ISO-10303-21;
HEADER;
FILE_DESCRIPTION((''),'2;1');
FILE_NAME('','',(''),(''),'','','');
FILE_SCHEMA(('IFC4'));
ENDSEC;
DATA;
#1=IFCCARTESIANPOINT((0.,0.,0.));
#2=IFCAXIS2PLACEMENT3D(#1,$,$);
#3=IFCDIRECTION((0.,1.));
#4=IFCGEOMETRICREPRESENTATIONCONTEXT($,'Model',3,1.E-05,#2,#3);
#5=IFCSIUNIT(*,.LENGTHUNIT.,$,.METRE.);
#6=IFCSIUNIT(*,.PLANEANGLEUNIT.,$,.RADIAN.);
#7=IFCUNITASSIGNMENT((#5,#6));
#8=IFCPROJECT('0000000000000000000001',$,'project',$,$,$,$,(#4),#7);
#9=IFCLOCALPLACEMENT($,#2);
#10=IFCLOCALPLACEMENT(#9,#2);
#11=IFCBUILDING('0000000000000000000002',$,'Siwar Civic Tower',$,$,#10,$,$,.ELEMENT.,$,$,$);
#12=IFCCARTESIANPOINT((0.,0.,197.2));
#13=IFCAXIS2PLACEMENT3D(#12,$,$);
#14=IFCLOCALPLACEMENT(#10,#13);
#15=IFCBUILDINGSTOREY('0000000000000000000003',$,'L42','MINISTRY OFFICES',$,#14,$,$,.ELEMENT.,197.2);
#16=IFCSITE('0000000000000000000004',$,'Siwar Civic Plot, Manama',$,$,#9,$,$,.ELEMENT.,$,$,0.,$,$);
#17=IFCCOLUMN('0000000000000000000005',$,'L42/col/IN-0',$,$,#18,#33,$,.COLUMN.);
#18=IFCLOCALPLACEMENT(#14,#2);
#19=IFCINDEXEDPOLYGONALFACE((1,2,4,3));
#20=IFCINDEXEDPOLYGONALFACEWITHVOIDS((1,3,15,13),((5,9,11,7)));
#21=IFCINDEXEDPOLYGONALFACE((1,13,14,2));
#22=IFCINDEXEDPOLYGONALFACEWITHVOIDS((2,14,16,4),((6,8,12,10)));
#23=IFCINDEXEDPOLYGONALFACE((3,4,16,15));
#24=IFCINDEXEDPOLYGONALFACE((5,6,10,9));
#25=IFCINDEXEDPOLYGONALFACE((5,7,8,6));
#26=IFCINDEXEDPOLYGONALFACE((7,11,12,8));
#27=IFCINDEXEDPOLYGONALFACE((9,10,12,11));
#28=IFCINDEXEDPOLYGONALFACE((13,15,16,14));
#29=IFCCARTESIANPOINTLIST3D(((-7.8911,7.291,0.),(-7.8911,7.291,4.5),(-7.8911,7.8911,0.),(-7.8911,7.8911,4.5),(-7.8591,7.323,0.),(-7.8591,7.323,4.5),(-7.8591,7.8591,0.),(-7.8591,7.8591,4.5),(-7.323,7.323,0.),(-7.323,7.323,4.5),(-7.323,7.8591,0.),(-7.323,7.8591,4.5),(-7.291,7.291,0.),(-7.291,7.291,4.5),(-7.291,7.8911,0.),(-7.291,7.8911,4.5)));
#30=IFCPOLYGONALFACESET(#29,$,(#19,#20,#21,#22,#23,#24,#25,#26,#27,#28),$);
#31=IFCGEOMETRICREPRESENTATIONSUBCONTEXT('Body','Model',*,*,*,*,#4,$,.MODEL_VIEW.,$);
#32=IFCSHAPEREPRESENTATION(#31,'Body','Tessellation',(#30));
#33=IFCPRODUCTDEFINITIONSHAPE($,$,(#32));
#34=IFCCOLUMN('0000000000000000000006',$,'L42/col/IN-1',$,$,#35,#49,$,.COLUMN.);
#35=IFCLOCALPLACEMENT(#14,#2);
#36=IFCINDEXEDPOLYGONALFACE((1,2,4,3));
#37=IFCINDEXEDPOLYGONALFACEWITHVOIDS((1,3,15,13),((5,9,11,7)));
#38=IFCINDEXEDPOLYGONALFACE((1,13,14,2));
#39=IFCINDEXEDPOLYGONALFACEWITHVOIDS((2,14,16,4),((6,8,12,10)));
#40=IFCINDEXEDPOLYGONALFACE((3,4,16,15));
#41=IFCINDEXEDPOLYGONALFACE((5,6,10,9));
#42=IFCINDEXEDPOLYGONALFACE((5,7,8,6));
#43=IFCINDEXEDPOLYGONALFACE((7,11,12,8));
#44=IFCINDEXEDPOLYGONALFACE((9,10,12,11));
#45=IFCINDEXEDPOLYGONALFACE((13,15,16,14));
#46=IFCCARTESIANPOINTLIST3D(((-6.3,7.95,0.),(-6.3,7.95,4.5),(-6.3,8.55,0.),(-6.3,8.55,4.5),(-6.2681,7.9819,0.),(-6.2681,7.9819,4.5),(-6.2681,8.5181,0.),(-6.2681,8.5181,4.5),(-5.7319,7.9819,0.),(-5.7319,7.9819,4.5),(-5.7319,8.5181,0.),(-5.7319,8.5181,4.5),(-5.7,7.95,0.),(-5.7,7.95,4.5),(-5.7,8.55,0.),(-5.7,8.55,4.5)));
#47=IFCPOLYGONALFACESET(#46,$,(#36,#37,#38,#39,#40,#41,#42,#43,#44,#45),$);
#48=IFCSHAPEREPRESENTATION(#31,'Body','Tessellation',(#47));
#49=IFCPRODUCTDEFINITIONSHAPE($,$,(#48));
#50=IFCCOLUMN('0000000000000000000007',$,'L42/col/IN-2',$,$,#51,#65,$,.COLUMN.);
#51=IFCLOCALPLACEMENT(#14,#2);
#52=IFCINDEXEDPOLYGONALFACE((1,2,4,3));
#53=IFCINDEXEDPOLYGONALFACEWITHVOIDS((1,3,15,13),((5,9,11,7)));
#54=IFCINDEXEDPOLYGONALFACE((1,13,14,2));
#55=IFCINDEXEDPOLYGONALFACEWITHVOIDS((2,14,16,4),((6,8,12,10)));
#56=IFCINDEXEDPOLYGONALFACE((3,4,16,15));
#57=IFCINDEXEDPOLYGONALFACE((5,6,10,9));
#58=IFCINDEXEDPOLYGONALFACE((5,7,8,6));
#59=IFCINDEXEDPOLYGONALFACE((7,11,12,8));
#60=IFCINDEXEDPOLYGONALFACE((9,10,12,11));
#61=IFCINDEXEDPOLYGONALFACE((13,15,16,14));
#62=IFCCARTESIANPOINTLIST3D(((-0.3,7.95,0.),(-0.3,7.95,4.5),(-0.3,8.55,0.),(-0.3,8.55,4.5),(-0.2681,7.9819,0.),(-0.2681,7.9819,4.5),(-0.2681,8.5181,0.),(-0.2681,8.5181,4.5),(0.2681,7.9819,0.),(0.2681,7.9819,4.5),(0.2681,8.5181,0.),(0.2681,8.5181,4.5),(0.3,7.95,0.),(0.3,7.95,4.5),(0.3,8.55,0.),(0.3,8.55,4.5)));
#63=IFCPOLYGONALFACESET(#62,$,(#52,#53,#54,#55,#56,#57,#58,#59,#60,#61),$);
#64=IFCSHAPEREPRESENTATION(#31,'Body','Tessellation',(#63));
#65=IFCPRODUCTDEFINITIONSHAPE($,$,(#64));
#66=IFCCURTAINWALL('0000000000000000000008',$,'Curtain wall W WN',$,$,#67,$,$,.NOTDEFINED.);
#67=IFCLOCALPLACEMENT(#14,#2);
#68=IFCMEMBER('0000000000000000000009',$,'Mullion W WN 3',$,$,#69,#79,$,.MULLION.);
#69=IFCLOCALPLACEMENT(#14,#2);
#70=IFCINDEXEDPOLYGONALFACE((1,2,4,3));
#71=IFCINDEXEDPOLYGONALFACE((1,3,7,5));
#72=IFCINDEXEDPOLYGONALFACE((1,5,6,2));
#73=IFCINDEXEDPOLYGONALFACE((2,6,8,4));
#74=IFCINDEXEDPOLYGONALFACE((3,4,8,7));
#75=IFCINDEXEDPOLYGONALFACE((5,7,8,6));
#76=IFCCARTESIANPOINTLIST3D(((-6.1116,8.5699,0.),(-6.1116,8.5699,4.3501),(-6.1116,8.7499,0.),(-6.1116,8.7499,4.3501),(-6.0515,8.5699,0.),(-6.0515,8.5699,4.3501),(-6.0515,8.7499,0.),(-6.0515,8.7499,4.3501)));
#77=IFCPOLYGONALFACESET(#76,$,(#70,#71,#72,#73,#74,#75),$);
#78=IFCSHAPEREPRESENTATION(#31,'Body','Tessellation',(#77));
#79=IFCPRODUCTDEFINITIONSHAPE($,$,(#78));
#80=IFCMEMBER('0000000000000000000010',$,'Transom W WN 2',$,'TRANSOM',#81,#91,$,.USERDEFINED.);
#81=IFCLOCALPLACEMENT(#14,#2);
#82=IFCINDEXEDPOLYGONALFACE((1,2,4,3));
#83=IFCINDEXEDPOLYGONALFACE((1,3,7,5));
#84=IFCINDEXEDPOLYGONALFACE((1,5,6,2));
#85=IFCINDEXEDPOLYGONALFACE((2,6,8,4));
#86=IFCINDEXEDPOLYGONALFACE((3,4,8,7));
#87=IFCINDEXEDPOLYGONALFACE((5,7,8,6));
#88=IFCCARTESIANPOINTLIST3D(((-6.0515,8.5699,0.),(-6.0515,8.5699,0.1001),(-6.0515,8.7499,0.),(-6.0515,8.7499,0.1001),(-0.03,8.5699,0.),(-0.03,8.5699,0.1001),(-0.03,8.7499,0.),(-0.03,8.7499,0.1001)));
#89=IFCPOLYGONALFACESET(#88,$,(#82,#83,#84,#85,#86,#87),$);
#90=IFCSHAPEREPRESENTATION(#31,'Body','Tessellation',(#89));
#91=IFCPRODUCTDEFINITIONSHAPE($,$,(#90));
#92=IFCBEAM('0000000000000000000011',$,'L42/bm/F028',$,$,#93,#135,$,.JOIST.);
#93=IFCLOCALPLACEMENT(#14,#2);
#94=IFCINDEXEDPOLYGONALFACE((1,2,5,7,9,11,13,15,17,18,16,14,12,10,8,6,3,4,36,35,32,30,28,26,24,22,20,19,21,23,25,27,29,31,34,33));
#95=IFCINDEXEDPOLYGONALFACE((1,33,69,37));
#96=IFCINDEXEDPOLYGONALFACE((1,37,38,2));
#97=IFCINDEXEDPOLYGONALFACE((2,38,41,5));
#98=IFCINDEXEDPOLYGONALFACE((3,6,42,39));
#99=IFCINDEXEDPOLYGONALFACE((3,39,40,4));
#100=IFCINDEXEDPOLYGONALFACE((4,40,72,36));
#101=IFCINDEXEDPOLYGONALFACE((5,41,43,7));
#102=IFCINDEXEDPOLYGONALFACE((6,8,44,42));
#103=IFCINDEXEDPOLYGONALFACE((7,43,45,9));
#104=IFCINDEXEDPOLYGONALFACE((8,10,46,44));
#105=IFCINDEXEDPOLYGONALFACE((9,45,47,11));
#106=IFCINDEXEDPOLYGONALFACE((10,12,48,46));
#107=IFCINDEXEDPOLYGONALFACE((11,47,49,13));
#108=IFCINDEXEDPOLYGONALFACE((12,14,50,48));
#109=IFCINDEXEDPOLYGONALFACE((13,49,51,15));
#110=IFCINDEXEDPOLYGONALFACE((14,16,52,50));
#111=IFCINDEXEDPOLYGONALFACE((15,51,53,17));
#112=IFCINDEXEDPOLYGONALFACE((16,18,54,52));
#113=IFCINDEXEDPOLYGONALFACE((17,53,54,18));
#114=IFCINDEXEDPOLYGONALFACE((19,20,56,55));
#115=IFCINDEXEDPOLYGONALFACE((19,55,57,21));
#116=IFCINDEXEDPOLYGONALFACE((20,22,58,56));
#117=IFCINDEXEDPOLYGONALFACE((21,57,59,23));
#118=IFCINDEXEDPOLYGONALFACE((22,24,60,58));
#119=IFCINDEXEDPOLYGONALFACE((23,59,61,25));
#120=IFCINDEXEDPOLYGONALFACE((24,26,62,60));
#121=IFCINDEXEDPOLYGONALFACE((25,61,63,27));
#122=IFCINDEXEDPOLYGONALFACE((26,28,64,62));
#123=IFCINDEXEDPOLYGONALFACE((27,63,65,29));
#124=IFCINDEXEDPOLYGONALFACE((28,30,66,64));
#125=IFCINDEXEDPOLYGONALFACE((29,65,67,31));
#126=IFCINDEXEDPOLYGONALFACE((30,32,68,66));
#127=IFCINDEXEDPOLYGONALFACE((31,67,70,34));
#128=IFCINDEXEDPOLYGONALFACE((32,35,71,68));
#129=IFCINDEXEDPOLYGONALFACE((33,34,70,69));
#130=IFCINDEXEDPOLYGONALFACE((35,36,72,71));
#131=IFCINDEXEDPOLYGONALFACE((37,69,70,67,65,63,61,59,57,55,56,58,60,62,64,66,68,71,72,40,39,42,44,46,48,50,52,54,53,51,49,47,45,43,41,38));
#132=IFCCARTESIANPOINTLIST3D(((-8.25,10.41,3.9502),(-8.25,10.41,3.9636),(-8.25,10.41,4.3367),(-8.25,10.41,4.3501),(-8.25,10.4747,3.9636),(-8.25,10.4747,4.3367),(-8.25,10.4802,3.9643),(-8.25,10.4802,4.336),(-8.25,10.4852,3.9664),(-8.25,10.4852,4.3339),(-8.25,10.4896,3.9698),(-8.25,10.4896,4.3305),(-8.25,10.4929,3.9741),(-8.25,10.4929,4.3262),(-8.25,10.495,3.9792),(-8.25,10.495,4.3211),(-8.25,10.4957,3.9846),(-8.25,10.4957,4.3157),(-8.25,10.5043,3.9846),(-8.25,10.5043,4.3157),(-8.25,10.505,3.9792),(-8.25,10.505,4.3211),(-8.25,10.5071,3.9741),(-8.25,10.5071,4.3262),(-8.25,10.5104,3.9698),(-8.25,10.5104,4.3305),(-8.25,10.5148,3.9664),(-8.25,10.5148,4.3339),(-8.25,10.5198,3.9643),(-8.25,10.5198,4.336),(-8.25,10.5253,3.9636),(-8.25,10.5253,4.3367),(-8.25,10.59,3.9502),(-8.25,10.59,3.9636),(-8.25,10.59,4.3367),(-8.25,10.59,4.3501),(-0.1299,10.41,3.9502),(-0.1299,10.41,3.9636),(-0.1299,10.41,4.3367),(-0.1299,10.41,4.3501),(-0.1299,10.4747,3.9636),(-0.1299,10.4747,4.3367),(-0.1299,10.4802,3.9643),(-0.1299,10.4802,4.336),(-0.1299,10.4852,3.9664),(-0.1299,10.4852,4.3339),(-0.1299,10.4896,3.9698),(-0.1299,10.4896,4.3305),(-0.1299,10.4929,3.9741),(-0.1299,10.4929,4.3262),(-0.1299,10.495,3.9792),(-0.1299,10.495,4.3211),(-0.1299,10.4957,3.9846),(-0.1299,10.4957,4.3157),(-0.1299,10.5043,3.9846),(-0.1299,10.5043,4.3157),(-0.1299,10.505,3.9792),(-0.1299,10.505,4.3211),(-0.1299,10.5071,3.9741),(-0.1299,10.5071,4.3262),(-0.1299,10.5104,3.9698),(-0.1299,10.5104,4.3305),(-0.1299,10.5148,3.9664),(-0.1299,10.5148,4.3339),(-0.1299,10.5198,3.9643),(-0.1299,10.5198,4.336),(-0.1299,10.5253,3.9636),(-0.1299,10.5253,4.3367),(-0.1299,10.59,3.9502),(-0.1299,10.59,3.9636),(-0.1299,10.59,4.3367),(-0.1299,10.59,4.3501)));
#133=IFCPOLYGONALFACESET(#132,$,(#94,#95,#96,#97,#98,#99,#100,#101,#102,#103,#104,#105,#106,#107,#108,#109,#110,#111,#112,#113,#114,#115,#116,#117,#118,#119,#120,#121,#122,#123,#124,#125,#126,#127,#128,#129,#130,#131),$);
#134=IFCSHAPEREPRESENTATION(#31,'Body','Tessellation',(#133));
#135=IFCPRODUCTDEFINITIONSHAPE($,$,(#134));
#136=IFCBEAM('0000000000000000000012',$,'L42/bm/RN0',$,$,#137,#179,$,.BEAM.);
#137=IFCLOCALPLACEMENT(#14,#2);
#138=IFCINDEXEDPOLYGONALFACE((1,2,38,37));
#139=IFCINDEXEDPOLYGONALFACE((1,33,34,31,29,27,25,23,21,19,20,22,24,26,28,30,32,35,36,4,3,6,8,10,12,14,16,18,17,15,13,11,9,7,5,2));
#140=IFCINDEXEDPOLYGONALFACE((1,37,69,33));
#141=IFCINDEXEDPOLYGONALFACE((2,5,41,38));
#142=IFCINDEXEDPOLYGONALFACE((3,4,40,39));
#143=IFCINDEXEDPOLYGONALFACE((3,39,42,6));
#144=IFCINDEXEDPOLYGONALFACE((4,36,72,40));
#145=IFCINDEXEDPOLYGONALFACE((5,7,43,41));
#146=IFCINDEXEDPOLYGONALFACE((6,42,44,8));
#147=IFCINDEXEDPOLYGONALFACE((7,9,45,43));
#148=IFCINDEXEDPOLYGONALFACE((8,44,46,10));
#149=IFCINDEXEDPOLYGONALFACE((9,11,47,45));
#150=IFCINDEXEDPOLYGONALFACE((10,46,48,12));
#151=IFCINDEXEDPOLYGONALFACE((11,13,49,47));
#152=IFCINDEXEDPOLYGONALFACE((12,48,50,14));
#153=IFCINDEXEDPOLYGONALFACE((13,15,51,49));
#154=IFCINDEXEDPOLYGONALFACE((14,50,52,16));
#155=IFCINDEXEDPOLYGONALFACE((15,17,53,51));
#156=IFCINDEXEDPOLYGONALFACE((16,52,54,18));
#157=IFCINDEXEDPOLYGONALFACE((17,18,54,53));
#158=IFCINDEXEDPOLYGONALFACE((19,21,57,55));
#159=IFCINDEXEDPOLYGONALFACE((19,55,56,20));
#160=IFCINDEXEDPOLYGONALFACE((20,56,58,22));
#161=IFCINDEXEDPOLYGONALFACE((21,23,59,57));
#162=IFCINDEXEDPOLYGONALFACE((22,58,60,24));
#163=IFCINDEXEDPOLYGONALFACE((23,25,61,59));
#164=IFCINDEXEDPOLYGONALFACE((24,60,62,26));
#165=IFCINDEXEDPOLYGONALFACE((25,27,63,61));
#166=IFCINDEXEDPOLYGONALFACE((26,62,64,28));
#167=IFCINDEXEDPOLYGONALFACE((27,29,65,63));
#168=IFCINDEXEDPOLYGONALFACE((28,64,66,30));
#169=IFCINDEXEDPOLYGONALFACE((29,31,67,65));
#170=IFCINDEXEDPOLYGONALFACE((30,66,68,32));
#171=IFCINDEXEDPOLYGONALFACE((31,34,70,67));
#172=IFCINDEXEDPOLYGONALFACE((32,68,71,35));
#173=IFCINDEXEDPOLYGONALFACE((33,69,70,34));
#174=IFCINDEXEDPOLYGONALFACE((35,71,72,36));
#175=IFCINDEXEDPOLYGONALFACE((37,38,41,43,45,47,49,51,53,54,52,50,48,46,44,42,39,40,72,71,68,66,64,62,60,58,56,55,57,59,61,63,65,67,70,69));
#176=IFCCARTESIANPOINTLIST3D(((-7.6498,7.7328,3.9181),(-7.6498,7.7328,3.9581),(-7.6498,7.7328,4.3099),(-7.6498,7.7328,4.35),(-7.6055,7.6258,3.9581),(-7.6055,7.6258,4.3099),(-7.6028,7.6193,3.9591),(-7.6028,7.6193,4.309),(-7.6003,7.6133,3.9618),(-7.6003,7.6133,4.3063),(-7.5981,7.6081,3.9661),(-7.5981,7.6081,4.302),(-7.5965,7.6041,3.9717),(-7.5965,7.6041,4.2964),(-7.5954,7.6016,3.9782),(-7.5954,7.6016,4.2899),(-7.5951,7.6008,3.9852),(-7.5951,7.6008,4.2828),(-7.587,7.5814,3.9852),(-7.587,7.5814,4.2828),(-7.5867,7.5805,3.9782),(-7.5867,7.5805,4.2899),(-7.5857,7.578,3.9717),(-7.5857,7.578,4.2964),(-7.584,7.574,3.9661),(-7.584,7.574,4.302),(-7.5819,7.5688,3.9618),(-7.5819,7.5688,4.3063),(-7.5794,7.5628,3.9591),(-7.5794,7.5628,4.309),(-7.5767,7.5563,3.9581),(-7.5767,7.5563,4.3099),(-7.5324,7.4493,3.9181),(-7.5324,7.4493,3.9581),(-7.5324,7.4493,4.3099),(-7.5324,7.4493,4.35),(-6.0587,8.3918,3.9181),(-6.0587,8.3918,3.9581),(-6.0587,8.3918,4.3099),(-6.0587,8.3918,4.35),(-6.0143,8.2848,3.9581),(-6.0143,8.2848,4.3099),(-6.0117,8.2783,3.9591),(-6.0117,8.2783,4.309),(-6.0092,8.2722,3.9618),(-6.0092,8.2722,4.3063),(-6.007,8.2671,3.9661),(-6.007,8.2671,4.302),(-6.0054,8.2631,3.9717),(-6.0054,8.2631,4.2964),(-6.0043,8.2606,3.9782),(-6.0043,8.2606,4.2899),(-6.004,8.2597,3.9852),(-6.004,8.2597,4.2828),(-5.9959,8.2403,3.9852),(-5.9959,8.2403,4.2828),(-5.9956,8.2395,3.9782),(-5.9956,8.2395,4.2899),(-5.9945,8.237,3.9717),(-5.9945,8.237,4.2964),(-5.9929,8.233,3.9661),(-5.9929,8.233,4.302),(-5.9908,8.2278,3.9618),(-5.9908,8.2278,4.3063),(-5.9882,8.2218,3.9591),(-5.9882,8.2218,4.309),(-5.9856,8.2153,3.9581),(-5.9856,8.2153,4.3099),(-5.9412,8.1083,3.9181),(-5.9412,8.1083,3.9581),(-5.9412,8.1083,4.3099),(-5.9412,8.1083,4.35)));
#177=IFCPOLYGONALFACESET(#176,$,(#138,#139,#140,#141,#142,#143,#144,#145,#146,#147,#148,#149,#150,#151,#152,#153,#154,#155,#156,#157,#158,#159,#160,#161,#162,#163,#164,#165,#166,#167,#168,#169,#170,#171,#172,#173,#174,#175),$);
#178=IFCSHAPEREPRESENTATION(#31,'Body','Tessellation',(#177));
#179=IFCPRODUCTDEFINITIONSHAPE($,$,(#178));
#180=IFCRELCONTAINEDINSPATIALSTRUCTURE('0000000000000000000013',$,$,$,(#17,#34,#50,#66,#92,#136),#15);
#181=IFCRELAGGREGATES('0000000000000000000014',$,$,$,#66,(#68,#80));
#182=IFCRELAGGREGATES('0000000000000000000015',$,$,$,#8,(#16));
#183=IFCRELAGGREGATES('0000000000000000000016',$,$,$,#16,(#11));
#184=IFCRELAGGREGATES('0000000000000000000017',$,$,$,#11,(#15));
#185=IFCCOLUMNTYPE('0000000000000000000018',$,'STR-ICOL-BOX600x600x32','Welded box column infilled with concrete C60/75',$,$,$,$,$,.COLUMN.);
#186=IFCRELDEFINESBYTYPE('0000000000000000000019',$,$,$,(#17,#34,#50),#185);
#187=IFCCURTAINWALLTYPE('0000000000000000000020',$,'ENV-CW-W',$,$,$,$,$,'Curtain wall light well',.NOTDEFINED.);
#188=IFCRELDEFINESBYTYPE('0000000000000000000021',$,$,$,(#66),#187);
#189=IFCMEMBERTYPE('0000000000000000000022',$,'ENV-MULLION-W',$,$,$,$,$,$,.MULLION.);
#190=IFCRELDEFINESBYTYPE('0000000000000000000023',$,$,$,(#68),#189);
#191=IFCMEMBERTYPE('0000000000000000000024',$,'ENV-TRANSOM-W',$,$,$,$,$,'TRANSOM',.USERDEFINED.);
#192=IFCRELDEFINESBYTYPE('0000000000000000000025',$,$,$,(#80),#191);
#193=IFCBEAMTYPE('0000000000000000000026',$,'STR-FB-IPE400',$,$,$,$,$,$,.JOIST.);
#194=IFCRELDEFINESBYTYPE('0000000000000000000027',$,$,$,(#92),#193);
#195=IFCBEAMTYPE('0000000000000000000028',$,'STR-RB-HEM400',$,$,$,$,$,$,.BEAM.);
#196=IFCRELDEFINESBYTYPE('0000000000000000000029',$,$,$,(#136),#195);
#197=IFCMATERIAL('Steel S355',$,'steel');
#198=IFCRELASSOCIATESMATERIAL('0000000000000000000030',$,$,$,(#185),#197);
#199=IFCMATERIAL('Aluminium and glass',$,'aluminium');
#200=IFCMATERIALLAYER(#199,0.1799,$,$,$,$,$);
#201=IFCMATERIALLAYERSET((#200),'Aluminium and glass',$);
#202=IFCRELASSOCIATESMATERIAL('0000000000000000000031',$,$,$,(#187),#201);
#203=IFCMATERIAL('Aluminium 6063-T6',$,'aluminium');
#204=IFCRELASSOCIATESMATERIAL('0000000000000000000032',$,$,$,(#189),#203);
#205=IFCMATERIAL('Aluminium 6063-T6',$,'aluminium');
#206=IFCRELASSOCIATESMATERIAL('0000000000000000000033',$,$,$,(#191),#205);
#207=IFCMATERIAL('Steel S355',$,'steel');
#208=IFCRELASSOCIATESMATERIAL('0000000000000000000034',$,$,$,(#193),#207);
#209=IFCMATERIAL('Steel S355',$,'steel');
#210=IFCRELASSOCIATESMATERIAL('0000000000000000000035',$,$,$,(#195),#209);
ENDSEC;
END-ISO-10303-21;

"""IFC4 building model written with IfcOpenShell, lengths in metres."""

from ifc_helpers import new_model, si_unit, direction, frame, origin, origin_2d, place, context, subcontext, project, spatial, rectangle, hollow_rectangle, i_section, extrude, material, layer, layer_set, material_profile, profile_set, type_object, element, aggregate, save


model = new_model("IFC4")

# Units and contexts
model_context = context("Model", 3, precision=1e-05, world=origin(), true_north=direction((0.0, 1.0)))
body_context = subcontext(model_context, "Body", "Model", "MODEL_VIEW")
ifc_project = project(units=[si_unit("LENGTHUNIT", "METRE"), si_unit("PLANEANGLEUNIT", "RADIAN")], contexts=[model_context])

# Site, building, storey
site_placement = place(None, origin())
site = spatial("IfcSite", under=ifc_project, at=site_placement, Name="Siwar Civic Plot, Manama", CompositionType="ELEMENT", RefElevation=0.0)
building_placement = place(site_placement, origin())
building = spatial("IfcBuilding", under=site, at=building_placement, Name="Siwar Civic Tower", CompositionType="ELEMENT")
storey_placement = place(building_placement, frame((0.0, 0.0, 197.2)))
storey = spatial("IfcBuildingStorey", under=building, at=storey_placement, Name="L42", Description="MINISTRY OFFICES", CompositionType="ELEMENT", Elevation=197.2)

# Columns
ifc_material_1 = material(Name="Steel S355", Category="steel")
ifc_material_profile_1 = material_profile(ifc_material_1, hollow_rectangle(XDim=0.6001, YDim=0.6001, WallThickness=0.032, at=origin_2d()), Name="BOX600x600x32")
ifc_profile_set_1 = profile_set([ifc_material_profile_1], Name="Steel S355")
column_type = type_object("IfcColumnType", Name="STR-ICOL-BOX600x600x32", Description="Welded box column infilled with concrete C60/75", PredefinedType="COLUMN", material=ifc_profile_set_1)
for number, where, z_axis, x_axis, name in (
    (1, (-7.5911, 7.5911, 0.0), (0.0, 0.0, 1.0), (1.0, 0.0, 0.0), "L42/col/IN-0"),
    (2, (-6.0, 8.25, 0.0), (0.0, 0.0, 1.0), (1.0, 0.0, 0.0), "L42/col/IN-1"),
    (3, (0.0, 8.25, 0.0), (0.0, 0.0, 1.0), (1.0, 0.0, 0.0), "L42/col/IN-2"),
):
    element("IfcColumn", number, at=place(storey_placement, frame(where, z_axis=z_axis, x_axis=x_axis)), inside=storey, type_object=column_type, Name=name, PredefinedType="COLUMN", context=body_context, shape_type="SweptSolid", body=[
        extrude(hollow_rectangle(XDim=0.6001, YDim=0.6001, WallThickness=0.032, at=origin_2d()), origin(), (0.0, 0.0, 1.0), 4.5),
    ])

# Curtain wall, members
ifc_material_2 = material(Name="Aluminium and glass", Category="aluminium")
ifc_layer_1 = layer(ifc_material_2, 0.1799)
ifc_layer_set_1 = layer_set([ifc_layer_1], Name="Aluminium and glass")
curtain_wall_type = type_object("IfcCurtainWallType", Name="ENV-CW-W", ElementType="Curtain wall light well", PredefinedType="NOTDEFINED", material=ifc_layer_set_1)
curtain_wall_placement = place(storey_placement, origin())
curtain_wall = element("IfcCurtainWall", 4, at=curtain_wall_placement, inside=storey, type_object=curtain_wall_type, Name="Curtain wall W WN", PredefinedType="NOTDEFINED")
ifc_material_3 = material(Name="Aluminium 6063-T6", Category="aluminium")
ifc_material_profile_2 = material_profile(ifc_material_3, rectangle(XDim=0.1799, YDim=0.0601, at=origin_2d()), Name="AL 180x60")
ifc_profile_set_2 = profile_set([ifc_material_profile_2], Name="Aluminium 6063-T6")
member_type_1 = type_object("IfcMemberType", Name="ENV-MULLION-W", PredefinedType="MULLION", material=ifc_profile_set_2)
member_1_placement = place(storey_placement, frame((-6.0815, 8.6599, 0.0), z_axis=(0.0, 0.0, 1.0), x_axis=(0.0, -1.0, 0.0)))
member_1 = element("IfcMember", 5, at=member_1_placement, type_object=member_type_1, Name="Mullion W WN 3", PredefinedType="MULLION", context=body_context, shape_type="SweptSolid", body=[
    extrude(rectangle(XDim=0.1799, YDim=0.0601, at=origin_2d()), origin(), (0.0, 0.0, 1.0), 4.3501),
])
ifc_material_4 = material(Name="Aluminium 6063-T6", Category="aluminium")
ifc_material_profile_3 = material_profile(ifc_material_4, rectangle(XDim=0.1799, YDim=0.1001, at=origin_2d()), Name="AL 180x100")
ifc_profile_set_3 = profile_set([ifc_material_profile_3], Name="Aluminium 6063-T6")
member_type_2 = type_object("IfcMemberType", Name="ENV-TRANSOM-W", ElementType="TRANSOM", PredefinedType="USERDEFINED", material=ifc_profile_set_3)
member_2_placement = place(storey_placement, frame((-0.03, 8.6599, 0.05), z_axis=(-1.0, 0.0, 0.0), x_axis=(0.0, -1.0, 0.0)))
member_2 = element("IfcMember", 6, at=member_2_placement, type_object=member_type_2, Name="Transom W WN 2", ObjectType="TRANSOM", PredefinedType="USERDEFINED", context=body_context, shape_type="SweptSolid", body=[
    extrude(rectangle(XDim=0.1799, YDim=0.1001, at=origin_2d()), origin(), (0.0, 0.0, 1.0), 6.0215),
])

# Beams
ifc_material_5 = material(Name="Steel S355", Category="steel")
ifc_material_profile_4 = material_profile(ifc_material_5, i_section(OverallWidth=0.1799, OverallDepth=0.3999, WebThickness=0.0085, FlangeThickness=0.0134, FilletRadius=0.021, at=origin_2d()), Name="IPE400")
ifc_profile_set_4 = profile_set([ifc_material_profile_4], Name="Steel S355")
beam_type_1 = type_object("IfcBeamType", Name="STR-FB-IPE400", PredefinedType="JOIST", material=ifc_profile_set_4)
beam_1_placement = place(storey_placement, frame((-8.25, 10.5, 4.1501), z_axis=(1.0, 0.0, 0.0), x_axis=(0.0, 1.0, 0.0)))
element("IfcBeam", 7, at=beam_1_placement, inside=storey, type_object=beam_type_1, Name="L42/bm/F028", PredefinedType="JOIST", context=body_context, shape_type="SweptSolid", body=[
    extrude(i_section(OverallWidth=0.1799, OverallDepth=0.3999, WebThickness=0.0085, FlangeThickness=0.0134, FilletRadius=0.021, at=origin_2d()), origin(), (0.0, 0.0, 1.0), 8.1201),
])
ifc_material_6 = material(Name="Steel S355", Category="steel")
ifc_material_profile_5 = material_profile(ifc_material_6, i_section(OverallWidth=0.3069, OverallDepth=0.4319, WebThickness=0.021, FlangeThickness=0.04, FilletRadius=0.0271, at=origin_2d()), Name="HEM400")
ifc_profile_set_5 = profile_set([ifc_material_profile_5], Name="Steel S355")
beam_type_2 = type_object("IfcBeamType", Name="STR-RB-HEM400", PredefinedType="BEAM", material=ifc_profile_set_5)
beam_2_placement = place(storey_placement, frame((-7.5911, 7.5911, 4.134), z_axis=(0.923901, 0.382631, 0.0), x_axis=(-0.382631, 0.923901, 0.0)))
element("IfcBeam", 8, at=beam_2_placement, inside=storey, type_object=beam_type_2, Name="L42/bm/RN0", PredefinedType="BEAM", context=body_context, shape_type="SweptSolid", body=[
    extrude(i_section(OverallWidth=0.3069, OverallDepth=0.4319, WebThickness=0.021, FlangeThickness=0.04, FilletRadius=0.0271, at=origin_2d()), origin(), (0.0, 0.0, 1.0), 1.7222),
])

aggregate(curtain_wall, [member_1, member_2])

save(model, "model.ifc")
